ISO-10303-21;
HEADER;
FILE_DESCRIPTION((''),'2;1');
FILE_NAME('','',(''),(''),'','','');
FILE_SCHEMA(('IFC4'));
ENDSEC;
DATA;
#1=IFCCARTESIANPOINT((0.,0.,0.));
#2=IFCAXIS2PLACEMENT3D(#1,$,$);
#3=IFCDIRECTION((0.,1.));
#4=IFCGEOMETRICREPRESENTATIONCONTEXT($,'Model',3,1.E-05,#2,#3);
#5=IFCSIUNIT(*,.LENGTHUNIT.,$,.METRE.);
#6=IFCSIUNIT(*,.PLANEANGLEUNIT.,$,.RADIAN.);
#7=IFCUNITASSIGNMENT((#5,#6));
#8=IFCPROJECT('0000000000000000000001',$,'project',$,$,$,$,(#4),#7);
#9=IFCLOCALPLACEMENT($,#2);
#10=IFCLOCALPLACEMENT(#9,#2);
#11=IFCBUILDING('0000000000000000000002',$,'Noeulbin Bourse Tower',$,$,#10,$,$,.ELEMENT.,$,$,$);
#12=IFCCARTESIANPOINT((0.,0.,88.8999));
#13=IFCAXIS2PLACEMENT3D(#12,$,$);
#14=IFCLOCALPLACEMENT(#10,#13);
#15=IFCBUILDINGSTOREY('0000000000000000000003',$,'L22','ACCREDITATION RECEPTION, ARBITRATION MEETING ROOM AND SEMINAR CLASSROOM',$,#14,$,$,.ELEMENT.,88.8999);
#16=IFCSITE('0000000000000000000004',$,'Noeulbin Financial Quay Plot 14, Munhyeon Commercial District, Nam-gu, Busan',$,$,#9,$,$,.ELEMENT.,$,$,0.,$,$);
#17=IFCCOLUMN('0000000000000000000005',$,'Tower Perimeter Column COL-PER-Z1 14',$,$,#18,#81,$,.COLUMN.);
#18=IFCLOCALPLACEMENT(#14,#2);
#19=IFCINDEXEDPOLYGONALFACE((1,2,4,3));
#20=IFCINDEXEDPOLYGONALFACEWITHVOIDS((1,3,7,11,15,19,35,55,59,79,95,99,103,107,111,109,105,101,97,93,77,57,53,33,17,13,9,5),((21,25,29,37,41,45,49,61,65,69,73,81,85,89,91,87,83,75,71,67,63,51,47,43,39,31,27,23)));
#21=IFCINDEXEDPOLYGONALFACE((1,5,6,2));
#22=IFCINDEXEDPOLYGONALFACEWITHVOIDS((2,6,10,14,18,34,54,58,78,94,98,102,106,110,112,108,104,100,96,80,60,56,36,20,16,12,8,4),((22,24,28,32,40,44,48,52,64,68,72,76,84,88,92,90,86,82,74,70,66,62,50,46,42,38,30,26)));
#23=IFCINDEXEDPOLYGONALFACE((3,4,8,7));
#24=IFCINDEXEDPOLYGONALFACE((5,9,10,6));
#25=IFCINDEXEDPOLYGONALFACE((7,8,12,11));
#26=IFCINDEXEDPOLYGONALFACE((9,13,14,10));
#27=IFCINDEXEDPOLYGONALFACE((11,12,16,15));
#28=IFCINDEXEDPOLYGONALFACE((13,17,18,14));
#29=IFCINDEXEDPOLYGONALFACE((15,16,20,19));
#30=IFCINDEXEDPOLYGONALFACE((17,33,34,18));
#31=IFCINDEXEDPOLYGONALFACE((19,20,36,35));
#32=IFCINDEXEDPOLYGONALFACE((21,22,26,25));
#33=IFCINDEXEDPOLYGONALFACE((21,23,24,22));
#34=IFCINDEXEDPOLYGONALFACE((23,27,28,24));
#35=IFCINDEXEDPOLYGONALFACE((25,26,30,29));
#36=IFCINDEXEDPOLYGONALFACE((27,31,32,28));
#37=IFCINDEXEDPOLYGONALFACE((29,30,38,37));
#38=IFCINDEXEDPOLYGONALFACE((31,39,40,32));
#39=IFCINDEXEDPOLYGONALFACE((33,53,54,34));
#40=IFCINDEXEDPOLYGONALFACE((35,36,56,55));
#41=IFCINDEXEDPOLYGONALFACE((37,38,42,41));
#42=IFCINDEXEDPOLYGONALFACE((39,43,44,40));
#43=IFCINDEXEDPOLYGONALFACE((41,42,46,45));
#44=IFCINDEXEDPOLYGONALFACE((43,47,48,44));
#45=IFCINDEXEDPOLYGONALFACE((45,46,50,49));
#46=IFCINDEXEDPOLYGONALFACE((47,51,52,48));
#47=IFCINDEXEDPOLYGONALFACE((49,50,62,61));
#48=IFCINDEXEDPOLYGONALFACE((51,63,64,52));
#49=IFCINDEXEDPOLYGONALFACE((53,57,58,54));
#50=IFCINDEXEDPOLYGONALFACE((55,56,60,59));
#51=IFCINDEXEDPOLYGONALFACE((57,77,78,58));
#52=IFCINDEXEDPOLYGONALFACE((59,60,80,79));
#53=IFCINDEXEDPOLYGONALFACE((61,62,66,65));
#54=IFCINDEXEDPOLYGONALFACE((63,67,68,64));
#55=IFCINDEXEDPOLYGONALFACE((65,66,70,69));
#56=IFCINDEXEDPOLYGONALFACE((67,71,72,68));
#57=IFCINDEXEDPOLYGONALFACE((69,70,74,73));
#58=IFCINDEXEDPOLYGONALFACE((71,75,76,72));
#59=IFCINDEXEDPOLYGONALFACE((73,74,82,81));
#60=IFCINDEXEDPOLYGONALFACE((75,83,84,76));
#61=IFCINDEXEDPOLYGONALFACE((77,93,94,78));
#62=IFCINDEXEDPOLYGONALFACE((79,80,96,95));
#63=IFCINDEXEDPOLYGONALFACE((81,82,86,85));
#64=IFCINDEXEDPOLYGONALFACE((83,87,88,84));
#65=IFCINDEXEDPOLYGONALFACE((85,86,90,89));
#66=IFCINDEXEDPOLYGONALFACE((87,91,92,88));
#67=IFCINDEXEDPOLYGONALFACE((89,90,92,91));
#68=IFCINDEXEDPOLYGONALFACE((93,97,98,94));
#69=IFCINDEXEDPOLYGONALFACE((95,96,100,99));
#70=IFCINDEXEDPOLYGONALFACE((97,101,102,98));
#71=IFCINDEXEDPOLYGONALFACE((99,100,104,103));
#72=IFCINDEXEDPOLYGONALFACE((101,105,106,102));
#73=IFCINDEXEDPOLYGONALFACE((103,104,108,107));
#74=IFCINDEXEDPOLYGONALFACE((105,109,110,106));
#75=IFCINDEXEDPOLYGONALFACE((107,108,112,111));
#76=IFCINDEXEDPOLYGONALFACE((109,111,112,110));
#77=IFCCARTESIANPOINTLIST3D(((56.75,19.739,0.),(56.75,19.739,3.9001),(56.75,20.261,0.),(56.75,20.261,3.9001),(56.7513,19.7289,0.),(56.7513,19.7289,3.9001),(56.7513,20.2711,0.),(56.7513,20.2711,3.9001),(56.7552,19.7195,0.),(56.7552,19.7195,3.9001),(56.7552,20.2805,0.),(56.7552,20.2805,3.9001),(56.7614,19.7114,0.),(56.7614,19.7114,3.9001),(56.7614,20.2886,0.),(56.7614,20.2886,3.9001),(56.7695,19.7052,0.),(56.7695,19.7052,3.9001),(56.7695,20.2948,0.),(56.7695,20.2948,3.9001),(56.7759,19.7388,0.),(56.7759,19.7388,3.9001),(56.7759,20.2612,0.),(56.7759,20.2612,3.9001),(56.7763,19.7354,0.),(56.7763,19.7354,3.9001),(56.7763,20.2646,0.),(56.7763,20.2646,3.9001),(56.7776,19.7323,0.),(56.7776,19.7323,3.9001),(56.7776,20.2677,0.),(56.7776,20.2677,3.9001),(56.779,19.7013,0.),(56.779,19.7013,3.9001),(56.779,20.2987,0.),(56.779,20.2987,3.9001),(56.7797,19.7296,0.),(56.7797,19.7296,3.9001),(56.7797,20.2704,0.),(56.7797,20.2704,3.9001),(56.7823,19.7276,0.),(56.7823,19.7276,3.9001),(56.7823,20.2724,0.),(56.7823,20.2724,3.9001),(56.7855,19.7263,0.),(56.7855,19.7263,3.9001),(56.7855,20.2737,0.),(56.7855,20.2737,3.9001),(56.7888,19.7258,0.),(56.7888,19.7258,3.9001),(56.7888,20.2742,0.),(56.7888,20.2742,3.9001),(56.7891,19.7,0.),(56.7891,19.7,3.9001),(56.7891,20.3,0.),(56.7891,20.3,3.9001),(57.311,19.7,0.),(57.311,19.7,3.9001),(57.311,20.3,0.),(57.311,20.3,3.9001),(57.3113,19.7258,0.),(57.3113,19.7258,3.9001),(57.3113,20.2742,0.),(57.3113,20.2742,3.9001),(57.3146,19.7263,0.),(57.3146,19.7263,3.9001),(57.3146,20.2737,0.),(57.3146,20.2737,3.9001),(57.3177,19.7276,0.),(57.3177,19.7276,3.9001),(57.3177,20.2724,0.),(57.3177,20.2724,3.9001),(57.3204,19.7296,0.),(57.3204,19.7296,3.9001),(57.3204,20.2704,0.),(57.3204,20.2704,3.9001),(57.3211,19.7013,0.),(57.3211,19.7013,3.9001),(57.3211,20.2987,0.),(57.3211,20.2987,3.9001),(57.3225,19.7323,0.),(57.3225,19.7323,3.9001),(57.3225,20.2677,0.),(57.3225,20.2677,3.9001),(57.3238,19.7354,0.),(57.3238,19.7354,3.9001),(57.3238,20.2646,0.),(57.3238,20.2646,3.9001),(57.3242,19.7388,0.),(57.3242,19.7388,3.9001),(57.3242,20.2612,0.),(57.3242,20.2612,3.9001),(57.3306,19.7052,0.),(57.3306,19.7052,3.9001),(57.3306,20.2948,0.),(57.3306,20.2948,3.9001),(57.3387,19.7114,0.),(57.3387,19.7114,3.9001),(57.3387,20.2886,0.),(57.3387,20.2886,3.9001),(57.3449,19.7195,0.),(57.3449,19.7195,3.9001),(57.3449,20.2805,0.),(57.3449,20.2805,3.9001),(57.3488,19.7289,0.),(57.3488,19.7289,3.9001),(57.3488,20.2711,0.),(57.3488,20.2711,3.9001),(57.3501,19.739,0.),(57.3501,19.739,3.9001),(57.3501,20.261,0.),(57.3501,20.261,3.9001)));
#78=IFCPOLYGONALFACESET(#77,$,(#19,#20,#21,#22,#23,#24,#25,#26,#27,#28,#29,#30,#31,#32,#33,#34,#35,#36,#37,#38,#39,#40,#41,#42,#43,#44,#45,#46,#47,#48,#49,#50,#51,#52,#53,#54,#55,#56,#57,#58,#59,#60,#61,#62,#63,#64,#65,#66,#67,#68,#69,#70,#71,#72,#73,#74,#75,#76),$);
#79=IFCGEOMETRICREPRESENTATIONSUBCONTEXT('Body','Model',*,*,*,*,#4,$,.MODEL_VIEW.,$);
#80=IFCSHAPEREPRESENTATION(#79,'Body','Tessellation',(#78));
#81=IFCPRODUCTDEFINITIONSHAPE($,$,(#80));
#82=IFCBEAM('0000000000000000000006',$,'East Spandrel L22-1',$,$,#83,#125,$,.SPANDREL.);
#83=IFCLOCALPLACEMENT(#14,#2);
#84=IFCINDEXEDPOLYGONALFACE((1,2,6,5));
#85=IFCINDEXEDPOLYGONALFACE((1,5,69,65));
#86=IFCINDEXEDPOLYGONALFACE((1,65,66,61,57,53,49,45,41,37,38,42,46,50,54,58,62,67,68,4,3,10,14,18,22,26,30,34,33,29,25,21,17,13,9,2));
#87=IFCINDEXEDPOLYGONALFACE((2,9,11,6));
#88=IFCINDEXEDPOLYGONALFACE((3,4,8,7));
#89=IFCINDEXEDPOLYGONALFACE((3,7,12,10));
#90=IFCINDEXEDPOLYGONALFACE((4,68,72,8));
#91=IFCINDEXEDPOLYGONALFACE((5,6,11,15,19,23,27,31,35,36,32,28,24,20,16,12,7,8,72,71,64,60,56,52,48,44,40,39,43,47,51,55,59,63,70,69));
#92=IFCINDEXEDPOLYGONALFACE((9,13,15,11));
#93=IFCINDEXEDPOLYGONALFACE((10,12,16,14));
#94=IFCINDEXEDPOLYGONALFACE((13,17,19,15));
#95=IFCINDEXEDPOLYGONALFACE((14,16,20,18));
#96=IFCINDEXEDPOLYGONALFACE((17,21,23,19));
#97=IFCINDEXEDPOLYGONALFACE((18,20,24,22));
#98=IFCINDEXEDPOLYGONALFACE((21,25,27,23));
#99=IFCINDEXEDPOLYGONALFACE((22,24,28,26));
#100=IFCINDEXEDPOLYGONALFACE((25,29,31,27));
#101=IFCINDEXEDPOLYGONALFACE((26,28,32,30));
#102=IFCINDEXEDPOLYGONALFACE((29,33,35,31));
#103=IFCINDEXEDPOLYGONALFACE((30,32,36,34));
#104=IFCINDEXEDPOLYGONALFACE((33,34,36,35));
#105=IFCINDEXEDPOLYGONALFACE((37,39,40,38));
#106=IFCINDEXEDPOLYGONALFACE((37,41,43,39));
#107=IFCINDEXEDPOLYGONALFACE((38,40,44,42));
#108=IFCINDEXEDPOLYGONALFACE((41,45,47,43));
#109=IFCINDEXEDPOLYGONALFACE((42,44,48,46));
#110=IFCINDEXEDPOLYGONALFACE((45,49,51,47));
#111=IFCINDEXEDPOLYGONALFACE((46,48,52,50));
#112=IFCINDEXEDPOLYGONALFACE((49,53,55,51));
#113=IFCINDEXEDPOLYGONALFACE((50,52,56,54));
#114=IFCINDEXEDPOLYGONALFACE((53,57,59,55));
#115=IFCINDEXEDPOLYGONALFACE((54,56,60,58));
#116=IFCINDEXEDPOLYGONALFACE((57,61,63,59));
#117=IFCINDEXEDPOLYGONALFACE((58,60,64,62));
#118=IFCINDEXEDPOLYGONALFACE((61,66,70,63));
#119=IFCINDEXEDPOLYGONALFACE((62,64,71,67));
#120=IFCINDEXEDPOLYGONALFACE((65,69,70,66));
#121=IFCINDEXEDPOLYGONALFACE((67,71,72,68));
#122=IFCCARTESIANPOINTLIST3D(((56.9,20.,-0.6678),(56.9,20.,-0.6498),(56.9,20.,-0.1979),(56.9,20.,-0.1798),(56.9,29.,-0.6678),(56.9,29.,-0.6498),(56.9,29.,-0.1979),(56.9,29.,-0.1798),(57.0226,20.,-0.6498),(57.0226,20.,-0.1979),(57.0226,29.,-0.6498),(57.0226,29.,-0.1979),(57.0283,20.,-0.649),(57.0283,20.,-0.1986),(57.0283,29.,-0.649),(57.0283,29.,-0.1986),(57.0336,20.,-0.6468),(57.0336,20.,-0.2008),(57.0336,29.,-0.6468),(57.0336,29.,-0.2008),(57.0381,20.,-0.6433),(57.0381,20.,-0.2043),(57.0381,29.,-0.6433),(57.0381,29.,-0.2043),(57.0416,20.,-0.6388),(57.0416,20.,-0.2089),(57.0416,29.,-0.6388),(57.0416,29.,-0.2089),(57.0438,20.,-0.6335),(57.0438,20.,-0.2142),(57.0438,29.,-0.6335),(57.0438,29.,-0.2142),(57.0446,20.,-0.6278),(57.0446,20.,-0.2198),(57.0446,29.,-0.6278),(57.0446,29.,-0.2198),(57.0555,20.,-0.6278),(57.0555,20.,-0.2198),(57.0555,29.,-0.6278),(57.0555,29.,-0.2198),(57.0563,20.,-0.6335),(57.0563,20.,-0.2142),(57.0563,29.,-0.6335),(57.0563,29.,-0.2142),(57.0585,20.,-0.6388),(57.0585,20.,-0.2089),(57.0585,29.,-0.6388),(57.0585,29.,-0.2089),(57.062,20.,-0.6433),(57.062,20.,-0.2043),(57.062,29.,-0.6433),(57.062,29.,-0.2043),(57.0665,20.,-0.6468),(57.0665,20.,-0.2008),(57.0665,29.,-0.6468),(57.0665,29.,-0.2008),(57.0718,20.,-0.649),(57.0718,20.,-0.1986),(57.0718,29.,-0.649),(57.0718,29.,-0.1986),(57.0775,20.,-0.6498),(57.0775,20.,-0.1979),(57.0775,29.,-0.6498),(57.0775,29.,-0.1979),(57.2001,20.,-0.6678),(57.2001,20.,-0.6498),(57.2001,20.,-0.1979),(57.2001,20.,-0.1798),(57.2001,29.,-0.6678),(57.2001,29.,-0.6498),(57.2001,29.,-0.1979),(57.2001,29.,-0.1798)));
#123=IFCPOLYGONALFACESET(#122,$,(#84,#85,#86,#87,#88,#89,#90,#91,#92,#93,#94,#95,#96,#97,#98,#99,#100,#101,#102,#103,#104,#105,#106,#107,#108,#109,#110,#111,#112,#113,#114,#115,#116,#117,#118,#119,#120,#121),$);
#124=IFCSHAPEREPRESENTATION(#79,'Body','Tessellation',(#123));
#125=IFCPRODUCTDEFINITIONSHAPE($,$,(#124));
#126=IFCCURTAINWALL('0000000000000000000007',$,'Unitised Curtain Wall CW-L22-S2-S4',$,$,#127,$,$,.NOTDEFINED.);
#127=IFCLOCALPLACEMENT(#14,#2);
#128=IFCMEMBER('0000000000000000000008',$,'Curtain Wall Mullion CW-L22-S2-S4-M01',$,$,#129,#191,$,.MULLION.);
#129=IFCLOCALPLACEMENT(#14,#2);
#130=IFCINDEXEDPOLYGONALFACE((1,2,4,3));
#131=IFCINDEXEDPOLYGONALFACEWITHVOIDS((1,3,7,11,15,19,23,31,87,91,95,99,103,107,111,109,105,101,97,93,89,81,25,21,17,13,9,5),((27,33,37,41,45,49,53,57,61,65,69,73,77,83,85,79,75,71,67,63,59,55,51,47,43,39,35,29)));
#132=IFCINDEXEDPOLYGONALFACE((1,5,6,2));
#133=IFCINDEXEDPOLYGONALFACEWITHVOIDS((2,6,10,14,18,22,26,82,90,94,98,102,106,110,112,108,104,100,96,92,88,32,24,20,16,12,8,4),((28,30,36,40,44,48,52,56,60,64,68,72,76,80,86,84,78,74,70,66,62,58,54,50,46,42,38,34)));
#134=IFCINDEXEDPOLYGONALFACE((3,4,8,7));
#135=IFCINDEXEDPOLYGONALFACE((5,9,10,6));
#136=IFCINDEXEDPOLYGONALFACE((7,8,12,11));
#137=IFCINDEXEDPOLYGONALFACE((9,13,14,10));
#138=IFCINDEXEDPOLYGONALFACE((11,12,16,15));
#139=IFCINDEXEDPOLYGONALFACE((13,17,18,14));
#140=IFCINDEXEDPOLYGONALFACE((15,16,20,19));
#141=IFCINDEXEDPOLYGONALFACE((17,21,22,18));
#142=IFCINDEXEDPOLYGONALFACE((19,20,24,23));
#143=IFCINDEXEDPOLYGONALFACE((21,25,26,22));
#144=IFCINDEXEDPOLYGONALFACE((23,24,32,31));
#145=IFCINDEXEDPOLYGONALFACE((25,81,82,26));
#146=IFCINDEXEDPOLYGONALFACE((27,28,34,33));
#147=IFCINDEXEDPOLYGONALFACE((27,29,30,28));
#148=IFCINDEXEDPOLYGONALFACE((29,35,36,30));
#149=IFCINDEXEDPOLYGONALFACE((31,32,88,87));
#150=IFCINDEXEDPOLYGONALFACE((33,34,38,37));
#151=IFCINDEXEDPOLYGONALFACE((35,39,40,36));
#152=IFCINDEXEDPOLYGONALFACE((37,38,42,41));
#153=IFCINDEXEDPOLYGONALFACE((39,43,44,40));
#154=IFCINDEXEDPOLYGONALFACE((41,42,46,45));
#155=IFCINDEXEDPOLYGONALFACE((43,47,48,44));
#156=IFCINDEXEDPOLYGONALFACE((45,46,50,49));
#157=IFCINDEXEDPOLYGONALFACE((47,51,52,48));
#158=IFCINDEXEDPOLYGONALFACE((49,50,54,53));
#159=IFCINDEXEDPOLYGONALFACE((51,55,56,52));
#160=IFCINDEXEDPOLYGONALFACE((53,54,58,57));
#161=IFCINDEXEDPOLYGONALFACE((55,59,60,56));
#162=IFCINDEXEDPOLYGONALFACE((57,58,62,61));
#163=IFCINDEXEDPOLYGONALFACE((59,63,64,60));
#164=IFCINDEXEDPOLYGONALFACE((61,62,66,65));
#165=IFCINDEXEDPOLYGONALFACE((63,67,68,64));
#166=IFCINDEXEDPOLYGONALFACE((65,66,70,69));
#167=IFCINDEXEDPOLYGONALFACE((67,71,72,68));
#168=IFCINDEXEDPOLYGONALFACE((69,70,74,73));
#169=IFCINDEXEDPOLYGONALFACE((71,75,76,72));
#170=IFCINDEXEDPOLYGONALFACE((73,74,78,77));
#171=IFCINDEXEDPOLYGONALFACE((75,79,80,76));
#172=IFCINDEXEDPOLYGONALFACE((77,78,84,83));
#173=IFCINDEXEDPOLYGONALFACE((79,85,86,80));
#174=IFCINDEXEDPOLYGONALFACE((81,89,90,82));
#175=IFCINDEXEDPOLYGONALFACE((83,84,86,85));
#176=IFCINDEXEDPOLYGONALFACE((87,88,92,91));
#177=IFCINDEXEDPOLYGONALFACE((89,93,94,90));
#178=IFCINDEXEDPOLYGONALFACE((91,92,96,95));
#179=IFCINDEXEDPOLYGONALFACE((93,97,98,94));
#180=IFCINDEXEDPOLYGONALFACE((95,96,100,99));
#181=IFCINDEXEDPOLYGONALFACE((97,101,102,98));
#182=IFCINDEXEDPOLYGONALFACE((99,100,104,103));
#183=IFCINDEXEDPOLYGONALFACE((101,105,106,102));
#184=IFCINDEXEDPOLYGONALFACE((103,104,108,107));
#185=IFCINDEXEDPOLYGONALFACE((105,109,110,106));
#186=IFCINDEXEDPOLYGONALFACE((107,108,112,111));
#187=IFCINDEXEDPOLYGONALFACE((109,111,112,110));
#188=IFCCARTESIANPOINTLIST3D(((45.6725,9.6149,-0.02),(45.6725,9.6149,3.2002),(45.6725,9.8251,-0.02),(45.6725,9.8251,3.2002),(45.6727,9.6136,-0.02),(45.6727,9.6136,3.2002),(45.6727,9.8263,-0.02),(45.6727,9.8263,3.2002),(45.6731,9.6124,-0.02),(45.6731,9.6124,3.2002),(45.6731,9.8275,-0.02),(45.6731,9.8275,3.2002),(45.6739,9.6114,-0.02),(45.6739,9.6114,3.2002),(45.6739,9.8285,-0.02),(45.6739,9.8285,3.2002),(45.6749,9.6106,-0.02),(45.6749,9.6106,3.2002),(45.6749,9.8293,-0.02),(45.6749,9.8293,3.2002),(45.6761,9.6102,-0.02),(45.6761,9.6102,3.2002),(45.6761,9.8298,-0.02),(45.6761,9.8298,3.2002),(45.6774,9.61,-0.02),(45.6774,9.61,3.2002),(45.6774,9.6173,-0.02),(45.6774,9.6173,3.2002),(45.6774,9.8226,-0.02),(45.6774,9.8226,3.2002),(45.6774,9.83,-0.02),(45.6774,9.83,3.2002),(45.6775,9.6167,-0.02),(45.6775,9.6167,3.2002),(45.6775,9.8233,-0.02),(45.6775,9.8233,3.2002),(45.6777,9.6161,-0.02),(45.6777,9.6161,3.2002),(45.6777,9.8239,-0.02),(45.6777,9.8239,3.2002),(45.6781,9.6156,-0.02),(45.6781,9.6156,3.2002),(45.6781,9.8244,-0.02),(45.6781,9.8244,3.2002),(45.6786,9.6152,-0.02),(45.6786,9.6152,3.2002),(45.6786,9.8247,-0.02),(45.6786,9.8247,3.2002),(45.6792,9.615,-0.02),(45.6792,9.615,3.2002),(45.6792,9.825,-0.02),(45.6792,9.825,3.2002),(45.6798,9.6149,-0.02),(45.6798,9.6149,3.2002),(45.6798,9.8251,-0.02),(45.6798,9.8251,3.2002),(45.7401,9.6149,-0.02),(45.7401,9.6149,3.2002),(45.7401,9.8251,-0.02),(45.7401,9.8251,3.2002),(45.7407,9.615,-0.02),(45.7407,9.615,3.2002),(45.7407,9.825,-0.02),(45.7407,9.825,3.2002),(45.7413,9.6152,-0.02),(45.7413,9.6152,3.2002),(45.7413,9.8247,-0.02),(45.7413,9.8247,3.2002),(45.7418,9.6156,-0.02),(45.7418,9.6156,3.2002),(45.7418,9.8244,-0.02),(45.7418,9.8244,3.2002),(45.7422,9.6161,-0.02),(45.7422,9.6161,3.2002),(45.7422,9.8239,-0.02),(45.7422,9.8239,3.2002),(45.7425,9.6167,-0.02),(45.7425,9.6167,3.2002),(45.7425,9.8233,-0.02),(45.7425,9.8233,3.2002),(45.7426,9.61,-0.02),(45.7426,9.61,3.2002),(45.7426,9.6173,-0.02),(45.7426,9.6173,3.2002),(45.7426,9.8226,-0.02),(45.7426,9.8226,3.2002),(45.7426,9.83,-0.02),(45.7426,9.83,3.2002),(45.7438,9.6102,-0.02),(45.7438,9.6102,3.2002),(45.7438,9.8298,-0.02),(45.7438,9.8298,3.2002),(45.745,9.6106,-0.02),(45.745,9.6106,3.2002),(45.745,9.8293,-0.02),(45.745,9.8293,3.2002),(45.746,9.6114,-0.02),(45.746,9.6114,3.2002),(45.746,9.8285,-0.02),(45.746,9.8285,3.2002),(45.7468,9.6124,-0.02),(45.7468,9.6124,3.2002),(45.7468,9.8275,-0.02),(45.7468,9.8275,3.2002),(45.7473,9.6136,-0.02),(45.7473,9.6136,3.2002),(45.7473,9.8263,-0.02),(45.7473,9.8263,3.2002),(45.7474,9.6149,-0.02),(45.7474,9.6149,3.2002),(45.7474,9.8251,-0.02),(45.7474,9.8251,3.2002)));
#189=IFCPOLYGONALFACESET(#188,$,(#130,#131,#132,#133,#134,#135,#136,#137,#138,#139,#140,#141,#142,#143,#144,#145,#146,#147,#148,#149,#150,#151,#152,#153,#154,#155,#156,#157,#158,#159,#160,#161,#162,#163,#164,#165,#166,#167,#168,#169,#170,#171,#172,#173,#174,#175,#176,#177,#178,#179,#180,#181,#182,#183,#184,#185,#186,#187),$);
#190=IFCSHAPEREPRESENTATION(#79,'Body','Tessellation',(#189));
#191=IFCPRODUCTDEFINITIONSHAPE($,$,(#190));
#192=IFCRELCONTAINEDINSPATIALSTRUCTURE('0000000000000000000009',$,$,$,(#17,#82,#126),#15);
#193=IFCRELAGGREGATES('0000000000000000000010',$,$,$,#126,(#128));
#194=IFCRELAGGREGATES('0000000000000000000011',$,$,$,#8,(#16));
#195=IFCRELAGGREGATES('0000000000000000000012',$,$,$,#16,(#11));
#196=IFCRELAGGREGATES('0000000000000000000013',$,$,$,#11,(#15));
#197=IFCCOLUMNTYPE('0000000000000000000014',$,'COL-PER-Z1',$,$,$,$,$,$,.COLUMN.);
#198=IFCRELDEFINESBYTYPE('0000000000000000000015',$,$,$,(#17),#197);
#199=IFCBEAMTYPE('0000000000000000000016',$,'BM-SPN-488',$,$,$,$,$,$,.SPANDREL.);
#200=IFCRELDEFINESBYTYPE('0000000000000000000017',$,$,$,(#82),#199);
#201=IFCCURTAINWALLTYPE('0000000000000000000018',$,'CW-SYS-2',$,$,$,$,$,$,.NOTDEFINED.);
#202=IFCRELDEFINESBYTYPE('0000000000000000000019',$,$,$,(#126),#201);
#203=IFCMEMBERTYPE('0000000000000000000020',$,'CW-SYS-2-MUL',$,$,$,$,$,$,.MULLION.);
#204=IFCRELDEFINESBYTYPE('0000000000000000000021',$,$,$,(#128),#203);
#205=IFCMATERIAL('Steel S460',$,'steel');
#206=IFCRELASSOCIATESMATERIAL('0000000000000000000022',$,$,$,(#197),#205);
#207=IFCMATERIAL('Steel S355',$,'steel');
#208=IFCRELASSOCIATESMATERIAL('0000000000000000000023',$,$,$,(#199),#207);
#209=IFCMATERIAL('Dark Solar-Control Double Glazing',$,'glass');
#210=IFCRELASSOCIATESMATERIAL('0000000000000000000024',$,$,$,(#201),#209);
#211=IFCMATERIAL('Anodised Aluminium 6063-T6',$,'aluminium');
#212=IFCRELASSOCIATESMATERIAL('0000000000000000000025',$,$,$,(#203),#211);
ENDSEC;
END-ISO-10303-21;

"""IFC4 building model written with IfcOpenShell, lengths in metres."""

from ifc_helpers import new_model, si_unit, direction, frame, origin, origin_2d, place, context, subcontext, project, spatial, hollow_rectangle, i_section, extrude, material, material_profile, profile_set, type_object, element, aggregate, save


model = new_model("IFC4")

# Units and contexts
model_context = context("Model", 3, precision=1e-05, world=origin(), true_north=direction((0.0, 1.0)))
body_context = subcontext(model_context, "Body", "Model", "MODEL_VIEW")
ifc_project = project(units=[si_unit("LENGTHUNIT", "METRE"), si_unit("PLANEANGLEUNIT", "RADIAN")], contexts=[model_context])

# Site, building, storey
site_placement = place(None, origin())
site = spatial("IfcSite", under=ifc_project, at=site_placement, Name="Noeulbin Financial Quay Plot 14, Munhyeon Commercial District, Nam-gu, Busan", CompositionType="ELEMENT", RefElevation=0.0)
building_placement = place(site_placement, origin())
building = spatial("IfcBuilding", under=site, at=building_placement, Name="Noeulbin Bourse Tower", CompositionType="ELEMENT")
storey_placement = place(building_placement, frame((0.0, 0.0, 88.8999)))
storey = spatial("IfcBuildingStorey", under=building, at=storey_placement, Name="L22", Description="ACCREDITATION RECEPTION, ARBITRATION MEETING ROOM AND SEMINAR CLASSROOM", CompositionType="ELEMENT", Elevation=88.8999)

# Column
ifc_material_1 = material(Name="Steel S460", Category="steel")
ifc_material_profile_1 = material_profile(ifc_material_1, hollow_rectangle(XDim=0.6001, YDim=0.6001, WallThickness=0.0259, InnerFilletRadius=0.0129, OuterFilletRadius=0.0391, at=origin_2d()), Name="BOX-600x600x26", Category="LoadBearing")
ifc_profile_set_1 = profile_set([ifc_material_profile_1], Name="Steel S460")
column_type = type_object("IfcColumnType", Name="COL-PER-Z1", PredefinedType="COLUMN", material=ifc_profile_set_1)
column_placement = place(storey_placement, frame((57.05, 20.0, 0.0), z_axis=(0.0, 0.0, 1.0), x_axis=(1.0, 0.0, 0.0)))
element("IfcColumn", 1, at=column_placement, inside=storey, type_object=column_type, Name="Tower Perimeter Column COL-PER-Z1 14", PredefinedType="COLUMN", context=body_context, shape_type="SweptSolid", body=[
    extrude(hollow_rectangle(XDim=0.6001, YDim=0.6001, WallThickness=0.0259, InnerFilletRadius=0.0129, OuterFilletRadius=0.0391, at=origin_2d()), origin(), (0.0, 0.0, 1.0), 3.9001),
])

# Beam
ifc_material_2 = material(Name="Steel S355", Category="steel")
ifc_material_profile_2 = material_profile(ifc_material_2, i_section(OverallWidth=0.3, OverallDepth=0.488, WebThickness=0.011, FlangeThickness=0.0181, FilletRadius=0.022, at=origin_2d()), Name="H-488x300x11x18", Category="LoadBearing")
ifc_profile_set_2 = profile_set([ifc_material_profile_2], Name="Steel S355")
beam_type = type_object("IfcBeamType", Name="BM-SPN-488", PredefinedType="SPANDREL", material=ifc_profile_set_2)
beam_placement = place(storey_placement, frame((57.05, 20.0, -0.4238), z_axis=(0.0, 1.0, 0.0), x_axis=(-1.0, 0.0, 0.0)))
element("IfcBeam", 2, at=beam_placement, inside=storey, type_object=beam_type, Name="East Spandrel L22-1", PredefinedType="SPANDREL", context=body_context, shape_type="SweptSolid", body=[
    extrude(i_section(OverallWidth=0.3, OverallDepth=0.488, WebThickness=0.011, FlangeThickness=0.0181, FilletRadius=0.022, at=origin_2d()), origin(), (0.0, 0.0, 1.0), 9.0),
])

# Curtain wall, member
ifc_material_3 = material(Name="Dark Solar-Control Double Glazing", Category="glass")
curtain_wall_type = type_object("IfcCurtainWallType", Name="CW-SYS-2", PredefinedType="NOTDEFINED", material=ifc_material_3)
curtain_wall_1_placement = place(storey_placement, origin())
curtain_wall_1 = element("IfcCurtainWall", 3, at=curtain_wall_1_placement, inside=storey, type_object=curtain_wall_type, Name="Unitised Curtain Wall CW-L22-S2-S4", PredefinedType="NOTDEFINED")
ifc_material_4 = material(Name="Anodised Aluminium 6063-T6", Category="aluminium")
ifc_material_profile_3 = material_profile(ifc_material_4, hollow_rectangle(XDim=0.075, YDim=0.22, WallThickness=0.0049, InnerFilletRadius=0.0024, OuterFilletRadius=0.0049, at=origin_2d()), Name="ALU-MULL-75x220x5", Category="LoadBearing")
ifc_profile_set_3 = profile_set([ifc_material_profile_3], Name="Anodised Aluminium 6063-T6")
member_type_1 = type_object("IfcMemberType", Name="CW-SYS-2-MUL", PredefinedType="MULLION", material=ifc_profile_set_3)
member_1_placement = place(storey_placement, frame((45.71, 9.72, -0.02), z_axis=(0.0, 0.0, 1.0), x_axis=(1.0, 0.0, 0.0)))
member_1 = element("IfcMember", 4, at=member_1_placement, type_object=member_type_1, Name="Curtain Wall Mullion CW-L22-S2-S4-M01", PredefinedType="MULLION", context=body_context, shape_type="SweptSolid", body=[
    extrude(hollow_rectangle(XDim=0.075, YDim=0.22, WallThickness=0.0049, InnerFilletRadius=0.0024, OuterFilletRadius=0.0049, at=origin_2d()), origin(), (0.0, 0.0, 1.0), 3.2202),
])
aggregate(curtain_wall_1, [member_1])

save(model, "model.ifc")
